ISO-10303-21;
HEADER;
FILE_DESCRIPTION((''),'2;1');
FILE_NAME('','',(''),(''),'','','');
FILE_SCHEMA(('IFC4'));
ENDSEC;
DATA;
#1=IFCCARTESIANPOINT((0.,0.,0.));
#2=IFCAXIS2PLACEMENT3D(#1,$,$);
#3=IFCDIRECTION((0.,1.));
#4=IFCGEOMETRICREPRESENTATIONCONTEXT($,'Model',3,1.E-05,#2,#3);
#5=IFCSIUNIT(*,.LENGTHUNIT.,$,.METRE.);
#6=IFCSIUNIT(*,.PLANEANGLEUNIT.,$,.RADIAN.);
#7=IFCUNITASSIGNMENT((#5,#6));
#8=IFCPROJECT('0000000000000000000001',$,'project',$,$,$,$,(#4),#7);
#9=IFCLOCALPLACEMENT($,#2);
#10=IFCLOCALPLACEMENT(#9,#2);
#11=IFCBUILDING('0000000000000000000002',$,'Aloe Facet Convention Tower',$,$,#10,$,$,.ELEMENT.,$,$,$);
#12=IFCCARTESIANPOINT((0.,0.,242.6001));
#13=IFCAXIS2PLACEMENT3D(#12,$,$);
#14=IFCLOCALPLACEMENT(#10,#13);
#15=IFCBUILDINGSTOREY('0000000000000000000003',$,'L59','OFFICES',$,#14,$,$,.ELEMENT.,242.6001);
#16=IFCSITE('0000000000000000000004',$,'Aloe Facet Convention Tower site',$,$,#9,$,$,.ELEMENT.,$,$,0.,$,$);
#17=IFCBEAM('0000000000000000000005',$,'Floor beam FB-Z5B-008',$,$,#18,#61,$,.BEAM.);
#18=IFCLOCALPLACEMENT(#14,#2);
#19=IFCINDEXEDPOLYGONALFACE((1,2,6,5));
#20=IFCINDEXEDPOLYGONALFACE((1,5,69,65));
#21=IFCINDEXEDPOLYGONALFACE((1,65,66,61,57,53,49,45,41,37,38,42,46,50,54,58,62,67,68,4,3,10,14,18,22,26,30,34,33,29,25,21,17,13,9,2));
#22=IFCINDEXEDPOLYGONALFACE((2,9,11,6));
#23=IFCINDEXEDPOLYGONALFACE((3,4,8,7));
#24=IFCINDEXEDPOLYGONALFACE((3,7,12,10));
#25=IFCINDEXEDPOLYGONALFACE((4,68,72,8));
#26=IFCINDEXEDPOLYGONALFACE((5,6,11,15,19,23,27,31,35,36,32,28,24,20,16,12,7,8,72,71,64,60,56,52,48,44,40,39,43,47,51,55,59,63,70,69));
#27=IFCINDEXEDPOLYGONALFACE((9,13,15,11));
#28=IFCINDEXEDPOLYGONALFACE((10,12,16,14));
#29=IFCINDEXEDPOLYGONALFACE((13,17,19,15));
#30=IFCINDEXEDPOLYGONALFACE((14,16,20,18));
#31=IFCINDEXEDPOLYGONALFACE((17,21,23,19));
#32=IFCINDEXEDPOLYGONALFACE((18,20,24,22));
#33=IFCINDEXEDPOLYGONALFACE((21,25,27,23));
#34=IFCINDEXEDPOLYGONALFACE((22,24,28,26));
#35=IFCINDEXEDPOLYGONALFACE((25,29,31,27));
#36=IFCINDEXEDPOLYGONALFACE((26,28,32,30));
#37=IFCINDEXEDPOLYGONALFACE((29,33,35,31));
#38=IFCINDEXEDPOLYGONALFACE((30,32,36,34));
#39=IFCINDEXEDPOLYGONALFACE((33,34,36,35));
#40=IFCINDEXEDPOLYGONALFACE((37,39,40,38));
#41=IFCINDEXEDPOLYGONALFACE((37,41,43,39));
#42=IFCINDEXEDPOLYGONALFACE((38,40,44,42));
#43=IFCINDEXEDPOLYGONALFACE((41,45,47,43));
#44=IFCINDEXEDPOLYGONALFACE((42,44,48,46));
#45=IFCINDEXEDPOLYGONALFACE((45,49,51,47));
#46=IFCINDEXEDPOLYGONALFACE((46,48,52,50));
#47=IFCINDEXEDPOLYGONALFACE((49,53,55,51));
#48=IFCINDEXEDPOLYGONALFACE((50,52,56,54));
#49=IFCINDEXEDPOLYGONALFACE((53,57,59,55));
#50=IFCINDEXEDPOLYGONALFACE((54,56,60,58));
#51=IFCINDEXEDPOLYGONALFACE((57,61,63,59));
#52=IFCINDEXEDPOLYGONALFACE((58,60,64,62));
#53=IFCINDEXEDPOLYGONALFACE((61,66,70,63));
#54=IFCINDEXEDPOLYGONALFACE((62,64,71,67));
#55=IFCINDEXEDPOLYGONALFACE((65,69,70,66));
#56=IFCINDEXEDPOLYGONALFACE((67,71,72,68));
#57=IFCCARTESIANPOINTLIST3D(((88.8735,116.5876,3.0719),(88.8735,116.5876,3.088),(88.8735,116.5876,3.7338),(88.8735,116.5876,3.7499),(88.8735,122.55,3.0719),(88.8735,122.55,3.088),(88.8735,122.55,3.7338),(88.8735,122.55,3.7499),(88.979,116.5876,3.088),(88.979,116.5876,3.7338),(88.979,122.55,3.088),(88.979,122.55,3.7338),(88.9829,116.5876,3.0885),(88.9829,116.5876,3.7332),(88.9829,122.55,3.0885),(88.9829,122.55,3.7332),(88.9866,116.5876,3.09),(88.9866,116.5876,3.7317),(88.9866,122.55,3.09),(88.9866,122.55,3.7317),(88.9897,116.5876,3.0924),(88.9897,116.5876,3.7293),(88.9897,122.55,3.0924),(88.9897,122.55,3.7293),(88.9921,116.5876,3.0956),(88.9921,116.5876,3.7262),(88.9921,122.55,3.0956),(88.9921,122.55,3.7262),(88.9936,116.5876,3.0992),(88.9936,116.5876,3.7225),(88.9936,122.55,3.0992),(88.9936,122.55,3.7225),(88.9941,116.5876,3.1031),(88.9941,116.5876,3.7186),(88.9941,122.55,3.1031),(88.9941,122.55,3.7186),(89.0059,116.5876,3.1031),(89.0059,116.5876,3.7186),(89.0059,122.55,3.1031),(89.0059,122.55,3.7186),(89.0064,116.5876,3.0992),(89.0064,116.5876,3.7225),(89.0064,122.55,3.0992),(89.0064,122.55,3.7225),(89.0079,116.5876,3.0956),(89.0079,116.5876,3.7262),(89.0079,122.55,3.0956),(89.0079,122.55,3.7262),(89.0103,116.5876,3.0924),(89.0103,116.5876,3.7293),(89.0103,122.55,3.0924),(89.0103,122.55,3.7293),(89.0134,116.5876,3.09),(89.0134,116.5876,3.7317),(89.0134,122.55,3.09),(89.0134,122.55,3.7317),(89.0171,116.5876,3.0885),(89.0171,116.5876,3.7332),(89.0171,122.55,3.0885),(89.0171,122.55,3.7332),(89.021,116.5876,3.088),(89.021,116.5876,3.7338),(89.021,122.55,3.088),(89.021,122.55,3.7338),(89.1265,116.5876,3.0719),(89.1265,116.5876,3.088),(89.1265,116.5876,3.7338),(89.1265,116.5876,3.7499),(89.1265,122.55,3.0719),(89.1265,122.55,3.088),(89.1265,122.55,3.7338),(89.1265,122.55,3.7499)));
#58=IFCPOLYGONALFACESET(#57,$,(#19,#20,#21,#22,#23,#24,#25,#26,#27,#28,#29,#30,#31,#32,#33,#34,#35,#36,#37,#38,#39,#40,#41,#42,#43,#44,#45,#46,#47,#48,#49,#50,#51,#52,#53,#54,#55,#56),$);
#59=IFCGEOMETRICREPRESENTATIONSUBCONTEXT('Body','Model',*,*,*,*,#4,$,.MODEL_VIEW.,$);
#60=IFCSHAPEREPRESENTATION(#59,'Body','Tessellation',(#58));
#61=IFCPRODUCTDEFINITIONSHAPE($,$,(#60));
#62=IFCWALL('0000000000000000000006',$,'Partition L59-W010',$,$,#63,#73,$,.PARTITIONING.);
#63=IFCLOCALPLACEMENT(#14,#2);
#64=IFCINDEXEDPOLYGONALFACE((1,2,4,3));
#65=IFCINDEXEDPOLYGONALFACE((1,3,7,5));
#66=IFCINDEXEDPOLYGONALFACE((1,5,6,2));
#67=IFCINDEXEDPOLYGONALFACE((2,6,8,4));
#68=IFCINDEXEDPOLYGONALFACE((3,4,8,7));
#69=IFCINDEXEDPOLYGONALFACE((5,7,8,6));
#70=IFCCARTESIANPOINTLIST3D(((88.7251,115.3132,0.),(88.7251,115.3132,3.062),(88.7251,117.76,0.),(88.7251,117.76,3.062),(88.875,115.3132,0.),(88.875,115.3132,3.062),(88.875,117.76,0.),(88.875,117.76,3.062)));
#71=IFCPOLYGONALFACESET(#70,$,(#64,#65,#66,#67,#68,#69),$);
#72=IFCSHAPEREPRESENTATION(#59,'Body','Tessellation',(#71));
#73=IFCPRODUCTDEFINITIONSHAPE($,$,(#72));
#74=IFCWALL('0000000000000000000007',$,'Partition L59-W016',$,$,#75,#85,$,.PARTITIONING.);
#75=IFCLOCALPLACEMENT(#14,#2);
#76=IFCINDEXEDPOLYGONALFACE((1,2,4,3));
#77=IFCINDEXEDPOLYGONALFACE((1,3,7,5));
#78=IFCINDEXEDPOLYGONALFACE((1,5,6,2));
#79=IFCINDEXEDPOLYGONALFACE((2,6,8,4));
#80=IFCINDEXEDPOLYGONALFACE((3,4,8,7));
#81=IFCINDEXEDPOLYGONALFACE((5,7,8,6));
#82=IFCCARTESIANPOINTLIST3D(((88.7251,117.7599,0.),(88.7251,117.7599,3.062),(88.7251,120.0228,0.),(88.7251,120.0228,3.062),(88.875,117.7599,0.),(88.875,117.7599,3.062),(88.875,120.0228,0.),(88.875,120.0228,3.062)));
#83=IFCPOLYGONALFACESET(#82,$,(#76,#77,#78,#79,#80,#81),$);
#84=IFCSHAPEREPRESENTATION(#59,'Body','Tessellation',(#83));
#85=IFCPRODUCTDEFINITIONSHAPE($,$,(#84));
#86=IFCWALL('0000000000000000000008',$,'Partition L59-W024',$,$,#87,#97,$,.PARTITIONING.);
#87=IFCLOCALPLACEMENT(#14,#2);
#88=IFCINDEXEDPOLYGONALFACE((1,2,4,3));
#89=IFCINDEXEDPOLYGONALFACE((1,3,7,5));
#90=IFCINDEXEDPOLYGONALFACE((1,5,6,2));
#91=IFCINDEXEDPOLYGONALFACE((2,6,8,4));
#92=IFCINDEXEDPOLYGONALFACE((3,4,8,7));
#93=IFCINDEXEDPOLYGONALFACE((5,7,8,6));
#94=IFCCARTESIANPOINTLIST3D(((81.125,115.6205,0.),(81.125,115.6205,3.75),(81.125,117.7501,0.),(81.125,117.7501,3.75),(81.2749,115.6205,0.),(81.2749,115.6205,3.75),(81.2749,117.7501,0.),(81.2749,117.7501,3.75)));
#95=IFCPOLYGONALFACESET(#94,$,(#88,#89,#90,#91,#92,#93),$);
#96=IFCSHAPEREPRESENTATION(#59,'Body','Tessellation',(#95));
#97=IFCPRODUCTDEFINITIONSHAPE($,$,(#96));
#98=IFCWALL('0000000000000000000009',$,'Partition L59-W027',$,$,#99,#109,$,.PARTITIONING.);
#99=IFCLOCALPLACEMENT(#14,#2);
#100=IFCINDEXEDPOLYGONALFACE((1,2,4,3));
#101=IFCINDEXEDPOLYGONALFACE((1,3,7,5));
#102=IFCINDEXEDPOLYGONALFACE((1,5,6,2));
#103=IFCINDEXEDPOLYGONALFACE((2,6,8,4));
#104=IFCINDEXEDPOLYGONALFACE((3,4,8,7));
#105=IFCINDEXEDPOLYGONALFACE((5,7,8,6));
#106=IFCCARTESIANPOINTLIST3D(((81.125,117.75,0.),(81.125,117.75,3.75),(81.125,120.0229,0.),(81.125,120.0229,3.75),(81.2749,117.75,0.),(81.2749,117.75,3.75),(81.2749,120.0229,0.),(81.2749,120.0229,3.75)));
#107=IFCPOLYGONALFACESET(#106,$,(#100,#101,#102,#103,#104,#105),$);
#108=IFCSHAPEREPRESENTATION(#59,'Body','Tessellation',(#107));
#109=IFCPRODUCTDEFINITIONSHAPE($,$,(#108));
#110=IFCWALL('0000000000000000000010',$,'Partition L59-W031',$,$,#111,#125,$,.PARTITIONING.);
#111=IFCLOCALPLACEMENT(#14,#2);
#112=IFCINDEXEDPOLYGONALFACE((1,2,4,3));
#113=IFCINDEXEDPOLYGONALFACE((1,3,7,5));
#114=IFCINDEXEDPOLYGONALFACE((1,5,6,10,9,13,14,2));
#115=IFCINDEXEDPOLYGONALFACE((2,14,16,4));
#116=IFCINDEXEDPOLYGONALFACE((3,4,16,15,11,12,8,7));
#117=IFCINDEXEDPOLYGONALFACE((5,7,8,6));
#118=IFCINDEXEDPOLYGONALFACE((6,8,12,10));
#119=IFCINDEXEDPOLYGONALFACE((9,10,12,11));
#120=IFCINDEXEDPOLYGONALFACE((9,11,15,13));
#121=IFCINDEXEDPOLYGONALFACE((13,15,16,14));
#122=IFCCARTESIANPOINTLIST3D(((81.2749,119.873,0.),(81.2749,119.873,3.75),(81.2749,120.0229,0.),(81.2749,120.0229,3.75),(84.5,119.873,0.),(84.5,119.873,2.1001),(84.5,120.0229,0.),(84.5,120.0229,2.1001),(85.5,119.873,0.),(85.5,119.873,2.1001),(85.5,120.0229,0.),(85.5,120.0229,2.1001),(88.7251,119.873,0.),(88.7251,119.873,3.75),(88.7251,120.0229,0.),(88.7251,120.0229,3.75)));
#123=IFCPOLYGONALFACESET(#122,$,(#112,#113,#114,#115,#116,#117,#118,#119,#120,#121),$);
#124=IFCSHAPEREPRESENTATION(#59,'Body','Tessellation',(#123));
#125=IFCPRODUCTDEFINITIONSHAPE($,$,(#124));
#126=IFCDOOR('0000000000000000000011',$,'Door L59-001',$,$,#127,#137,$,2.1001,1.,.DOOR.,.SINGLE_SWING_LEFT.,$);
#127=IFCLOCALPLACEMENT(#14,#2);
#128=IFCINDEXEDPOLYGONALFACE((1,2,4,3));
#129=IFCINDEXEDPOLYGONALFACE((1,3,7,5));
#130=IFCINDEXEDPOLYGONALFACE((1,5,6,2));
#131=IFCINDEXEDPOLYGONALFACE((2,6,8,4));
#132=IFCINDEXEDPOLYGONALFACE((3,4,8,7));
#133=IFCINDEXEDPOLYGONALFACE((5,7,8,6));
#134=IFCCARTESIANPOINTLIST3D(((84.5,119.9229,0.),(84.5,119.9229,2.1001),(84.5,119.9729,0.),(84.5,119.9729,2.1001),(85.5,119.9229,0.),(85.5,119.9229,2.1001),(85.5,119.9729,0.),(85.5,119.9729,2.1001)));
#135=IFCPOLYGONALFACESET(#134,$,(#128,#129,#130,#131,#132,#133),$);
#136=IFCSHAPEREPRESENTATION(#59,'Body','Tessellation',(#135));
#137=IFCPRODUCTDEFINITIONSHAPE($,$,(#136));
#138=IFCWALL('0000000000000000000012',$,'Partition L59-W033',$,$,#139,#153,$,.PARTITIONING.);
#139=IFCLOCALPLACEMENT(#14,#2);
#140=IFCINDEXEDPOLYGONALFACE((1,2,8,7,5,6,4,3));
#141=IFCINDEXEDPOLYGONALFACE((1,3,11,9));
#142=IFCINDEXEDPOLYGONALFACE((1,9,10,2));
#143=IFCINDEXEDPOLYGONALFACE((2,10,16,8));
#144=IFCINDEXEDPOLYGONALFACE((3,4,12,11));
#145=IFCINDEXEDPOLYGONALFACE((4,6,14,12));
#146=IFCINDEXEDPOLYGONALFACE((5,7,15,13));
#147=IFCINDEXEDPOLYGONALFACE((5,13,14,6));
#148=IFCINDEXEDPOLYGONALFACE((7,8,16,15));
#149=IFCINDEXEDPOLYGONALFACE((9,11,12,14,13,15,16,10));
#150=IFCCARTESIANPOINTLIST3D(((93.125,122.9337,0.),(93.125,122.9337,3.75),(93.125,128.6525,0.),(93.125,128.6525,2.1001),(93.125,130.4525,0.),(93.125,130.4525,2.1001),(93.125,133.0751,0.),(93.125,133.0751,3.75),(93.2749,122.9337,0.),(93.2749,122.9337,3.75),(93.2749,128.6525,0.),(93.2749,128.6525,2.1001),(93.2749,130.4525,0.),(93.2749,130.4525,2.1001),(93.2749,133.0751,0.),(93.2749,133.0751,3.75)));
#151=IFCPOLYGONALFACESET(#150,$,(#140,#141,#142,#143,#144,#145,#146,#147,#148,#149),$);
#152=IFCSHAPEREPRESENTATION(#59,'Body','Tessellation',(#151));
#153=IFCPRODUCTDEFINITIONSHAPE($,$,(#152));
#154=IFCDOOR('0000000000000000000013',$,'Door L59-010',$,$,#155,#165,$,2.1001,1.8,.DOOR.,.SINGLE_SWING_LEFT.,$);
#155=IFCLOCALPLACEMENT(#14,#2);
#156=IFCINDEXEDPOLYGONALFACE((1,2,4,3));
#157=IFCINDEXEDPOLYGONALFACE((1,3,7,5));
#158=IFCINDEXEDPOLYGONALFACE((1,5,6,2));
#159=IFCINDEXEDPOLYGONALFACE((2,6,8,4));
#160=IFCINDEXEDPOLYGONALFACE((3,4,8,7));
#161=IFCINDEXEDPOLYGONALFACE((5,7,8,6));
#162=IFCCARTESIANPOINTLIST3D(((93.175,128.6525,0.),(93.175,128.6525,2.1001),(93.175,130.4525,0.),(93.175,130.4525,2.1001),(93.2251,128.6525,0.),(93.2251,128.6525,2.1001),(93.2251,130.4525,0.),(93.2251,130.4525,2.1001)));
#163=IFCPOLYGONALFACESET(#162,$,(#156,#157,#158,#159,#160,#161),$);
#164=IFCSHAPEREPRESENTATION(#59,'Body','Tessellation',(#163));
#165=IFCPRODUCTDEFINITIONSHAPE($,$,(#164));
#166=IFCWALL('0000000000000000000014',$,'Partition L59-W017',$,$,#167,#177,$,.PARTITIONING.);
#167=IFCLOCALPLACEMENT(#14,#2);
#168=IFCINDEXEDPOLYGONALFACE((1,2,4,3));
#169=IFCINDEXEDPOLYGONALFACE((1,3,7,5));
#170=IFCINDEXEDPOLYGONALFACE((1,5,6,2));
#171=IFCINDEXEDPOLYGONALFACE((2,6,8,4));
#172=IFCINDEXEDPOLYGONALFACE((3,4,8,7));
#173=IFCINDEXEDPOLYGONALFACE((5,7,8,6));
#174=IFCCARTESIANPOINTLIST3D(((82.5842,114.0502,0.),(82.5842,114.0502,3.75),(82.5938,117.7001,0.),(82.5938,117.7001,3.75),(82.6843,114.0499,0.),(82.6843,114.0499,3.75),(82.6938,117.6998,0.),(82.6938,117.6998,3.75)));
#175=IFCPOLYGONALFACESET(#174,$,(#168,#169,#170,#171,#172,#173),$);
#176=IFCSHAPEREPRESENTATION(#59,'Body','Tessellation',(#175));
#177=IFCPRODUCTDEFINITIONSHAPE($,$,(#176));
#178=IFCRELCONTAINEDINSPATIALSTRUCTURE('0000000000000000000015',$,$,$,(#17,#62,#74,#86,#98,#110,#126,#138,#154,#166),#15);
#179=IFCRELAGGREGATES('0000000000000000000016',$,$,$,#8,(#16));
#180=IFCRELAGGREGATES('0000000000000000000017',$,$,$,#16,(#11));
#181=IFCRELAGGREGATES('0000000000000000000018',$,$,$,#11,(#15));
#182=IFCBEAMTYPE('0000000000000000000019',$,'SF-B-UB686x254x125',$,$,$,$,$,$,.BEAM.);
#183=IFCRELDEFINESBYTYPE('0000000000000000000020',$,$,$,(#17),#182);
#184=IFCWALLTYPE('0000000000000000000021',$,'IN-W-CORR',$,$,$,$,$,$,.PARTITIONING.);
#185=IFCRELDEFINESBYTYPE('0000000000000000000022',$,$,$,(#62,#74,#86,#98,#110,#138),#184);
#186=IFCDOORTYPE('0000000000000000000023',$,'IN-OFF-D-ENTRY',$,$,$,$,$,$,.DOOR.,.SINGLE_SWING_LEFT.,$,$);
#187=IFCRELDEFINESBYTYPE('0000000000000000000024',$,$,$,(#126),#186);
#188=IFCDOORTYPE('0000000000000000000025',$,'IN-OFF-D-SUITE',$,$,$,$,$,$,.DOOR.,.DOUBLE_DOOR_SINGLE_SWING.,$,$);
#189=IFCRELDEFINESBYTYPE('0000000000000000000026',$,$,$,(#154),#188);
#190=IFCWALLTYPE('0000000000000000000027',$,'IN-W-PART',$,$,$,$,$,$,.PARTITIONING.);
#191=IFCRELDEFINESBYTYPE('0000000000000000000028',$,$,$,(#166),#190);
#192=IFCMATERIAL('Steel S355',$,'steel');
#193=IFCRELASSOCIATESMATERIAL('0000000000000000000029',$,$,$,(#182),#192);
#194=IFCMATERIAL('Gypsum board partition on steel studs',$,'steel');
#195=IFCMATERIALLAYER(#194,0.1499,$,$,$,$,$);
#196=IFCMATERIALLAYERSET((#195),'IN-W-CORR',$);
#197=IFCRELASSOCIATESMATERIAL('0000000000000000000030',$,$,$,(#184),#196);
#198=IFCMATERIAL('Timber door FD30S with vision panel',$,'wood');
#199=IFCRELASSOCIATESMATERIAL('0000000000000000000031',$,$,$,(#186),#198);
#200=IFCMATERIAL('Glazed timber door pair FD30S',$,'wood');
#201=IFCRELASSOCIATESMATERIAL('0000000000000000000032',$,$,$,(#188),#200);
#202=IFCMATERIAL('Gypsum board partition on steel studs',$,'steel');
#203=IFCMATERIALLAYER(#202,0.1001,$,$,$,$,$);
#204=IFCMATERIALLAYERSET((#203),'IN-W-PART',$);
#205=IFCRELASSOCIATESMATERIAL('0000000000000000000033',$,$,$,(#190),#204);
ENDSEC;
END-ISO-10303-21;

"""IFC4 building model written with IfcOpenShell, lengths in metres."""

from ifc_helpers import new_model, si_unit, direction, frame, frame_2d, origin, origin_2d, place, context, subcontext, project, spatial, rectangle, i_section, extrude, material, layer, layer_set, material_profile, profile_set, type_object, element, fill, save


model = new_model("IFC4")

# Units and contexts
model_context = context("Model", 3, precision=1e-05, world=origin(), true_north=direction((0.0, 1.0)))
body_context = subcontext(model_context, "Body", "Model", "MODEL_VIEW")
ifc_project = project(units=[si_unit("LENGTHUNIT", "METRE"), si_unit("PLANEANGLEUNIT", "RADIAN")], contexts=[model_context])

# Site, building, storey
site_placement = place(None, origin())
site = spatial("IfcSite", under=ifc_project, at=site_placement, Name="Aloe Facet Convention Tower site", CompositionType="ELEMENT", RefElevation=0.0)
building_placement = place(site_placement, origin())
building = spatial("IfcBuilding", under=site, at=building_placement, Name="Aloe Facet Convention Tower", CompositionType="ELEMENT")
storey_placement = place(building_placement, frame((0.0, 0.0, 242.6001)))
storey = spatial("IfcBuildingStorey", under=building, at=storey_placement, Name="L59", Description="OFFICES", CompositionType="ELEMENT", Elevation=242.6001)

# Beam
ifc_material_1 = material(Name="Steel S355", Category="steel")
ifc_material_profile_1 = material_profile(ifc_material_1, i_section(OverallWidth=0.2529, OverallDepth=0.678, WebThickness=0.0117, FlangeThickness=0.0161, FilletRadius=0.0151, at=origin_2d()), Name="UB 686x254x125")
ifc_profile_set_1 = profile_set([ifc_material_profile_1], Name="Steel S355")
beam_type_1 = type_object("IfcBeamType", Name="SF-B-UB686x254x125", PredefinedType="BEAM", material=ifc_profile_set_1)
beam_1_placement = place(storey_placement, frame((89.0, 122.55, 3.4109), z_axis=(0.0, -1.0, 0.0), x_axis=(1.0, 0.0, 0.0)))
element("IfcBeam", 1, at=beam_1_placement, inside=storey, type_object=beam_type_1, Name="Floor beam FB-Z5B-008", PredefinedType="BEAM", context=body_context, shape_type="SweptSolid", body=[
    extrude(i_section(OverallWidth=0.2529, OverallDepth=0.678, WebThickness=0.0117, FlangeThickness=0.0161, FilletRadius=0.0151, at=origin_2d()), origin(), (0.0, 0.0, 1.0), 5.9624),
])

# Walls
ifc_material_2 = material(Name="Gypsum board partition on steel studs", Category="steel")
ifc_layer_1 = layer(ifc_material_2, 0.1499)
ifc_layer_set_1 = layer_set([ifc_layer_1], Name="IN-W-CORR")
wall_type_1 = type_object("IfcWallType", Name="IN-W-CORR", PredefinedType="PARTITIONING", material=ifc_layer_set_1)
wall_1_placement = place(storey_placement, frame((88.8, 115.3132, 0.0), z_axis=(0.0, 0.0, 1.0), x_axis=(0.0, 1.0, 0.0)))
element("IfcWall", 2, at=wall_1_placement, inside=storey, type_object=wall_type_1, Name="Partition L59-W010", PredefinedType="PARTITIONING", context=body_context, shape_type="SweptSolid", body=[
    extrude(rectangle(XDim=2.4468, YDim=0.1499, at=frame_2d((1.2234, 0.0))), origin(), (0.0, 0.0, 1.0), 3.062),
])
wall_2_placement = place(storey_placement, frame((88.8, 117.76, 0.0), z_axis=(0.0, 0.0, 1.0), x_axis=(0.0, 1.0, 0.0)))
element("IfcWall", 3, at=wall_2_placement, inside=storey, type_object=wall_type_1, Name="Partition L59-W016", PredefinedType="PARTITIONING", context=body_context, shape_type="SweptSolid", body=[
    extrude(rectangle(XDim=2.2629, YDim=0.1499, at=frame_2d((1.1313, 0.0))), origin(), (0.0, 0.0, 1.0), 3.062),
])
wall_3_placement = place(storey_placement, frame((81.2, 115.6204, 0.0), z_axis=(0.0, 0.0, 1.0), x_axis=(0.0, 1.0, 0.0)))
element("IfcWall", 4, at=wall_3_placement, inside=storey, type_object=wall_type_1, Name="Partition L59-W024", PredefinedType="PARTITIONING", context=body_context, shape_type="SweptSolid", body=[
    extrude(rectangle(XDim=2.1296, YDim=0.1499, at=frame_2d((1.0649, 0.0))), origin(), (0.0, 0.0, 1.0), 3.75),
])
wall_4_placement = place(storey_placement, frame((81.2, 117.75, 0.0), z_axis=(0.0, 0.0, 1.0), x_axis=(0.0, 1.0, 0.0)))
element("IfcWall", 5, at=wall_4_placement, inside=storey, type_object=wall_type_1, Name="Partition L59-W027", PredefinedType="PARTITIONING", context=body_context, shape_type="SweptSolid", body=[
    extrude(rectangle(XDim=2.2729, YDim=0.1499, at=frame_2d((1.1365, 0.0))), origin(), (0.0, 0.0, 1.0), 3.75),
])

# Walls, openings, doors
wall_5_placement = place(storey_placement, frame((81.2749, 119.948, 0.0), z_axis=(0.0, 0.0, 1.0), x_axis=(1.0, 0.0, 0.0)))
wall_5 = element("IfcWall", 6, at=wall_5_placement, inside=storey, type_object=wall_type_1, Name="Partition L59-W031", PredefinedType="PARTITIONING", context=body_context, shape_type="SweptSolid", body=[
    extrude(rectangle(XDim=7.4502, YDim=0.1499, at=frame_2d((3.7251, 0.0))), origin(), (0.0, 0.0, 1.0), 3.75),
])
opening_1_placement = place(wall_5_placement, frame((3.2251, 0.0, 0.0)))
opening_1 = element("IfcOpeningElement", 7, at=opening_1_placement, cuts=wall_5, PredefinedType="OPENING", context=body_context, shape_type="SweptSolid", body=[
    extrude(rectangle(XDim=1.0, YDim=2.1001, at=frame_2d((0.5, 1.05))), frame((0.0, 0.085, 0.0), z_axis=(0.0, -1.0, 0.0), x_axis=(1.0, 0.0, 0.0)), (0.0, 0.0, 1.0), 0.1699),
])
ifc_material_3 = material(Name="Timber door FD30S with vision panel", Category="wood")
door_type_1 = type_object("IfcDoorType", Name="IN-OFF-D-ENTRY", OperationType="SINGLE_SWING_LEFT", PredefinedType="DOOR", material=ifc_material_3)
door_1_placement = place(opening_1_placement, origin())
door_1 = element("IfcDoor", 8, at=door_1_placement, inside=storey, type_object=door_type_1, Name="Door L59-001", OperationType="SINGLE_SWING_LEFT", OverallHeight=2.1001, OverallWidth=1.0, PredefinedType="DOOR", context=body_context, shape_type="SweptSolid", body=[
    extrude(rectangle(XDim=1.0, YDim=2.1001, at=frame_2d((0.5, 1.05))), frame((0.0, 0.0249, 0.0), z_axis=(0.0, -1.0, 0.0), x_axis=(1.0, 0.0, 0.0)), (0.0, 0.0, 1.0), 0.05),
])
fill(opening_1, door_1)
wall_6_placement = place(storey_placement, frame((93.2, 122.9336, 0.0), z_axis=(0.0, 0.0, 1.0), x_axis=(0.0, 1.0, 0.0)))
wall_6 = element("IfcWall", 9, at=wall_6_placement, inside=storey, type_object=wall_type_1, Name="Partition L59-W033", PredefinedType="PARTITIONING", context=body_context, shape_type="SweptSolid", body=[
    extrude(rectangle(XDim=10.1414, YDim=0.1499, at=frame_2d((5.0708, 0.0))), origin(), (0.0, 0.0, 1.0), 3.75),
])
opening_2_placement = place(wall_6_placement, frame((5.719, 0.0, 0.0)))
opening_2 = element("IfcOpeningElement", 10, at=opening_2_placement, cuts=wall_6, PredefinedType="OPENING", context=body_context, shape_type="SweptSolid", body=[
    extrude(rectangle(XDim=1.8, YDim=2.1001, at=frame_2d((0.8999, 1.05))), frame((0.0, 0.085, 0.0), z_axis=(0.0, -1.0, 0.0), x_axis=(1.0, 0.0, 0.0)), (0.0, 0.0, 1.0), 0.1699),
])
ifc_material_4 = material(Name="Glazed timber door pair FD30S", Category="wood")
door_type_2 = type_object("IfcDoorType", Name="IN-OFF-D-SUITE", OperationType="DOUBLE_DOOR_SINGLE_SWING", PredefinedType="DOOR", material=ifc_material_4)
door_2_placement = place(opening_2_placement, origin())
door_2 = element("IfcDoor", 11, at=door_2_placement, inside=storey, type_object=door_type_2, Name="Door L59-010", OperationType="SINGLE_SWING_LEFT", OverallHeight=2.1001, OverallWidth=1.8, PredefinedType="DOOR", context=body_context, shape_type="SweptSolid", body=[
    extrude(rectangle(XDim=1.8, YDim=2.1001, at=frame_2d((0.8999, 1.05))), frame((0.0, 0.0249, 0.0), z_axis=(0.0, -1.0, 0.0), x_axis=(1.0, 0.0, 0.0)), (0.0, 0.0, 1.0), 0.05),
])
fill(opening_2, door_2)

# Wall
ifc_material_5 = material(Name="Gypsum board partition on steel studs", Category="steel")
ifc_layer_2 = layer(ifc_material_5, 0.1001)
ifc_layer_set_2 = layer_set([ifc_layer_2], Name="IN-W-PART")
wall_type_2 = type_object("IfcWallType", Name="IN-W-PART", PredefinedType="PARTITIONING", material=ifc_layer_set_2)
wall_7_placement = place(storey_placement, frame((82.6343, 114.05, 0.0), z_axis=(0.0, 0.0, 1.0), x_axis=(0.002609, 0.999997, 0.0)))
element("IfcWall", 12, at=wall_7_placement, inside=storey, type_object=wall_type_2, Name="Partition L59-W017", PredefinedType="PARTITIONING", context=body_context, shape_type="SweptSolid", body=[
    extrude(rectangle(XDim=3.6499, YDim=0.1001, at=frame_2d((1.825, 0.0))), origin(), (0.0, 0.0, 1.0), 3.75),
])

save(model, "model.ifc")
